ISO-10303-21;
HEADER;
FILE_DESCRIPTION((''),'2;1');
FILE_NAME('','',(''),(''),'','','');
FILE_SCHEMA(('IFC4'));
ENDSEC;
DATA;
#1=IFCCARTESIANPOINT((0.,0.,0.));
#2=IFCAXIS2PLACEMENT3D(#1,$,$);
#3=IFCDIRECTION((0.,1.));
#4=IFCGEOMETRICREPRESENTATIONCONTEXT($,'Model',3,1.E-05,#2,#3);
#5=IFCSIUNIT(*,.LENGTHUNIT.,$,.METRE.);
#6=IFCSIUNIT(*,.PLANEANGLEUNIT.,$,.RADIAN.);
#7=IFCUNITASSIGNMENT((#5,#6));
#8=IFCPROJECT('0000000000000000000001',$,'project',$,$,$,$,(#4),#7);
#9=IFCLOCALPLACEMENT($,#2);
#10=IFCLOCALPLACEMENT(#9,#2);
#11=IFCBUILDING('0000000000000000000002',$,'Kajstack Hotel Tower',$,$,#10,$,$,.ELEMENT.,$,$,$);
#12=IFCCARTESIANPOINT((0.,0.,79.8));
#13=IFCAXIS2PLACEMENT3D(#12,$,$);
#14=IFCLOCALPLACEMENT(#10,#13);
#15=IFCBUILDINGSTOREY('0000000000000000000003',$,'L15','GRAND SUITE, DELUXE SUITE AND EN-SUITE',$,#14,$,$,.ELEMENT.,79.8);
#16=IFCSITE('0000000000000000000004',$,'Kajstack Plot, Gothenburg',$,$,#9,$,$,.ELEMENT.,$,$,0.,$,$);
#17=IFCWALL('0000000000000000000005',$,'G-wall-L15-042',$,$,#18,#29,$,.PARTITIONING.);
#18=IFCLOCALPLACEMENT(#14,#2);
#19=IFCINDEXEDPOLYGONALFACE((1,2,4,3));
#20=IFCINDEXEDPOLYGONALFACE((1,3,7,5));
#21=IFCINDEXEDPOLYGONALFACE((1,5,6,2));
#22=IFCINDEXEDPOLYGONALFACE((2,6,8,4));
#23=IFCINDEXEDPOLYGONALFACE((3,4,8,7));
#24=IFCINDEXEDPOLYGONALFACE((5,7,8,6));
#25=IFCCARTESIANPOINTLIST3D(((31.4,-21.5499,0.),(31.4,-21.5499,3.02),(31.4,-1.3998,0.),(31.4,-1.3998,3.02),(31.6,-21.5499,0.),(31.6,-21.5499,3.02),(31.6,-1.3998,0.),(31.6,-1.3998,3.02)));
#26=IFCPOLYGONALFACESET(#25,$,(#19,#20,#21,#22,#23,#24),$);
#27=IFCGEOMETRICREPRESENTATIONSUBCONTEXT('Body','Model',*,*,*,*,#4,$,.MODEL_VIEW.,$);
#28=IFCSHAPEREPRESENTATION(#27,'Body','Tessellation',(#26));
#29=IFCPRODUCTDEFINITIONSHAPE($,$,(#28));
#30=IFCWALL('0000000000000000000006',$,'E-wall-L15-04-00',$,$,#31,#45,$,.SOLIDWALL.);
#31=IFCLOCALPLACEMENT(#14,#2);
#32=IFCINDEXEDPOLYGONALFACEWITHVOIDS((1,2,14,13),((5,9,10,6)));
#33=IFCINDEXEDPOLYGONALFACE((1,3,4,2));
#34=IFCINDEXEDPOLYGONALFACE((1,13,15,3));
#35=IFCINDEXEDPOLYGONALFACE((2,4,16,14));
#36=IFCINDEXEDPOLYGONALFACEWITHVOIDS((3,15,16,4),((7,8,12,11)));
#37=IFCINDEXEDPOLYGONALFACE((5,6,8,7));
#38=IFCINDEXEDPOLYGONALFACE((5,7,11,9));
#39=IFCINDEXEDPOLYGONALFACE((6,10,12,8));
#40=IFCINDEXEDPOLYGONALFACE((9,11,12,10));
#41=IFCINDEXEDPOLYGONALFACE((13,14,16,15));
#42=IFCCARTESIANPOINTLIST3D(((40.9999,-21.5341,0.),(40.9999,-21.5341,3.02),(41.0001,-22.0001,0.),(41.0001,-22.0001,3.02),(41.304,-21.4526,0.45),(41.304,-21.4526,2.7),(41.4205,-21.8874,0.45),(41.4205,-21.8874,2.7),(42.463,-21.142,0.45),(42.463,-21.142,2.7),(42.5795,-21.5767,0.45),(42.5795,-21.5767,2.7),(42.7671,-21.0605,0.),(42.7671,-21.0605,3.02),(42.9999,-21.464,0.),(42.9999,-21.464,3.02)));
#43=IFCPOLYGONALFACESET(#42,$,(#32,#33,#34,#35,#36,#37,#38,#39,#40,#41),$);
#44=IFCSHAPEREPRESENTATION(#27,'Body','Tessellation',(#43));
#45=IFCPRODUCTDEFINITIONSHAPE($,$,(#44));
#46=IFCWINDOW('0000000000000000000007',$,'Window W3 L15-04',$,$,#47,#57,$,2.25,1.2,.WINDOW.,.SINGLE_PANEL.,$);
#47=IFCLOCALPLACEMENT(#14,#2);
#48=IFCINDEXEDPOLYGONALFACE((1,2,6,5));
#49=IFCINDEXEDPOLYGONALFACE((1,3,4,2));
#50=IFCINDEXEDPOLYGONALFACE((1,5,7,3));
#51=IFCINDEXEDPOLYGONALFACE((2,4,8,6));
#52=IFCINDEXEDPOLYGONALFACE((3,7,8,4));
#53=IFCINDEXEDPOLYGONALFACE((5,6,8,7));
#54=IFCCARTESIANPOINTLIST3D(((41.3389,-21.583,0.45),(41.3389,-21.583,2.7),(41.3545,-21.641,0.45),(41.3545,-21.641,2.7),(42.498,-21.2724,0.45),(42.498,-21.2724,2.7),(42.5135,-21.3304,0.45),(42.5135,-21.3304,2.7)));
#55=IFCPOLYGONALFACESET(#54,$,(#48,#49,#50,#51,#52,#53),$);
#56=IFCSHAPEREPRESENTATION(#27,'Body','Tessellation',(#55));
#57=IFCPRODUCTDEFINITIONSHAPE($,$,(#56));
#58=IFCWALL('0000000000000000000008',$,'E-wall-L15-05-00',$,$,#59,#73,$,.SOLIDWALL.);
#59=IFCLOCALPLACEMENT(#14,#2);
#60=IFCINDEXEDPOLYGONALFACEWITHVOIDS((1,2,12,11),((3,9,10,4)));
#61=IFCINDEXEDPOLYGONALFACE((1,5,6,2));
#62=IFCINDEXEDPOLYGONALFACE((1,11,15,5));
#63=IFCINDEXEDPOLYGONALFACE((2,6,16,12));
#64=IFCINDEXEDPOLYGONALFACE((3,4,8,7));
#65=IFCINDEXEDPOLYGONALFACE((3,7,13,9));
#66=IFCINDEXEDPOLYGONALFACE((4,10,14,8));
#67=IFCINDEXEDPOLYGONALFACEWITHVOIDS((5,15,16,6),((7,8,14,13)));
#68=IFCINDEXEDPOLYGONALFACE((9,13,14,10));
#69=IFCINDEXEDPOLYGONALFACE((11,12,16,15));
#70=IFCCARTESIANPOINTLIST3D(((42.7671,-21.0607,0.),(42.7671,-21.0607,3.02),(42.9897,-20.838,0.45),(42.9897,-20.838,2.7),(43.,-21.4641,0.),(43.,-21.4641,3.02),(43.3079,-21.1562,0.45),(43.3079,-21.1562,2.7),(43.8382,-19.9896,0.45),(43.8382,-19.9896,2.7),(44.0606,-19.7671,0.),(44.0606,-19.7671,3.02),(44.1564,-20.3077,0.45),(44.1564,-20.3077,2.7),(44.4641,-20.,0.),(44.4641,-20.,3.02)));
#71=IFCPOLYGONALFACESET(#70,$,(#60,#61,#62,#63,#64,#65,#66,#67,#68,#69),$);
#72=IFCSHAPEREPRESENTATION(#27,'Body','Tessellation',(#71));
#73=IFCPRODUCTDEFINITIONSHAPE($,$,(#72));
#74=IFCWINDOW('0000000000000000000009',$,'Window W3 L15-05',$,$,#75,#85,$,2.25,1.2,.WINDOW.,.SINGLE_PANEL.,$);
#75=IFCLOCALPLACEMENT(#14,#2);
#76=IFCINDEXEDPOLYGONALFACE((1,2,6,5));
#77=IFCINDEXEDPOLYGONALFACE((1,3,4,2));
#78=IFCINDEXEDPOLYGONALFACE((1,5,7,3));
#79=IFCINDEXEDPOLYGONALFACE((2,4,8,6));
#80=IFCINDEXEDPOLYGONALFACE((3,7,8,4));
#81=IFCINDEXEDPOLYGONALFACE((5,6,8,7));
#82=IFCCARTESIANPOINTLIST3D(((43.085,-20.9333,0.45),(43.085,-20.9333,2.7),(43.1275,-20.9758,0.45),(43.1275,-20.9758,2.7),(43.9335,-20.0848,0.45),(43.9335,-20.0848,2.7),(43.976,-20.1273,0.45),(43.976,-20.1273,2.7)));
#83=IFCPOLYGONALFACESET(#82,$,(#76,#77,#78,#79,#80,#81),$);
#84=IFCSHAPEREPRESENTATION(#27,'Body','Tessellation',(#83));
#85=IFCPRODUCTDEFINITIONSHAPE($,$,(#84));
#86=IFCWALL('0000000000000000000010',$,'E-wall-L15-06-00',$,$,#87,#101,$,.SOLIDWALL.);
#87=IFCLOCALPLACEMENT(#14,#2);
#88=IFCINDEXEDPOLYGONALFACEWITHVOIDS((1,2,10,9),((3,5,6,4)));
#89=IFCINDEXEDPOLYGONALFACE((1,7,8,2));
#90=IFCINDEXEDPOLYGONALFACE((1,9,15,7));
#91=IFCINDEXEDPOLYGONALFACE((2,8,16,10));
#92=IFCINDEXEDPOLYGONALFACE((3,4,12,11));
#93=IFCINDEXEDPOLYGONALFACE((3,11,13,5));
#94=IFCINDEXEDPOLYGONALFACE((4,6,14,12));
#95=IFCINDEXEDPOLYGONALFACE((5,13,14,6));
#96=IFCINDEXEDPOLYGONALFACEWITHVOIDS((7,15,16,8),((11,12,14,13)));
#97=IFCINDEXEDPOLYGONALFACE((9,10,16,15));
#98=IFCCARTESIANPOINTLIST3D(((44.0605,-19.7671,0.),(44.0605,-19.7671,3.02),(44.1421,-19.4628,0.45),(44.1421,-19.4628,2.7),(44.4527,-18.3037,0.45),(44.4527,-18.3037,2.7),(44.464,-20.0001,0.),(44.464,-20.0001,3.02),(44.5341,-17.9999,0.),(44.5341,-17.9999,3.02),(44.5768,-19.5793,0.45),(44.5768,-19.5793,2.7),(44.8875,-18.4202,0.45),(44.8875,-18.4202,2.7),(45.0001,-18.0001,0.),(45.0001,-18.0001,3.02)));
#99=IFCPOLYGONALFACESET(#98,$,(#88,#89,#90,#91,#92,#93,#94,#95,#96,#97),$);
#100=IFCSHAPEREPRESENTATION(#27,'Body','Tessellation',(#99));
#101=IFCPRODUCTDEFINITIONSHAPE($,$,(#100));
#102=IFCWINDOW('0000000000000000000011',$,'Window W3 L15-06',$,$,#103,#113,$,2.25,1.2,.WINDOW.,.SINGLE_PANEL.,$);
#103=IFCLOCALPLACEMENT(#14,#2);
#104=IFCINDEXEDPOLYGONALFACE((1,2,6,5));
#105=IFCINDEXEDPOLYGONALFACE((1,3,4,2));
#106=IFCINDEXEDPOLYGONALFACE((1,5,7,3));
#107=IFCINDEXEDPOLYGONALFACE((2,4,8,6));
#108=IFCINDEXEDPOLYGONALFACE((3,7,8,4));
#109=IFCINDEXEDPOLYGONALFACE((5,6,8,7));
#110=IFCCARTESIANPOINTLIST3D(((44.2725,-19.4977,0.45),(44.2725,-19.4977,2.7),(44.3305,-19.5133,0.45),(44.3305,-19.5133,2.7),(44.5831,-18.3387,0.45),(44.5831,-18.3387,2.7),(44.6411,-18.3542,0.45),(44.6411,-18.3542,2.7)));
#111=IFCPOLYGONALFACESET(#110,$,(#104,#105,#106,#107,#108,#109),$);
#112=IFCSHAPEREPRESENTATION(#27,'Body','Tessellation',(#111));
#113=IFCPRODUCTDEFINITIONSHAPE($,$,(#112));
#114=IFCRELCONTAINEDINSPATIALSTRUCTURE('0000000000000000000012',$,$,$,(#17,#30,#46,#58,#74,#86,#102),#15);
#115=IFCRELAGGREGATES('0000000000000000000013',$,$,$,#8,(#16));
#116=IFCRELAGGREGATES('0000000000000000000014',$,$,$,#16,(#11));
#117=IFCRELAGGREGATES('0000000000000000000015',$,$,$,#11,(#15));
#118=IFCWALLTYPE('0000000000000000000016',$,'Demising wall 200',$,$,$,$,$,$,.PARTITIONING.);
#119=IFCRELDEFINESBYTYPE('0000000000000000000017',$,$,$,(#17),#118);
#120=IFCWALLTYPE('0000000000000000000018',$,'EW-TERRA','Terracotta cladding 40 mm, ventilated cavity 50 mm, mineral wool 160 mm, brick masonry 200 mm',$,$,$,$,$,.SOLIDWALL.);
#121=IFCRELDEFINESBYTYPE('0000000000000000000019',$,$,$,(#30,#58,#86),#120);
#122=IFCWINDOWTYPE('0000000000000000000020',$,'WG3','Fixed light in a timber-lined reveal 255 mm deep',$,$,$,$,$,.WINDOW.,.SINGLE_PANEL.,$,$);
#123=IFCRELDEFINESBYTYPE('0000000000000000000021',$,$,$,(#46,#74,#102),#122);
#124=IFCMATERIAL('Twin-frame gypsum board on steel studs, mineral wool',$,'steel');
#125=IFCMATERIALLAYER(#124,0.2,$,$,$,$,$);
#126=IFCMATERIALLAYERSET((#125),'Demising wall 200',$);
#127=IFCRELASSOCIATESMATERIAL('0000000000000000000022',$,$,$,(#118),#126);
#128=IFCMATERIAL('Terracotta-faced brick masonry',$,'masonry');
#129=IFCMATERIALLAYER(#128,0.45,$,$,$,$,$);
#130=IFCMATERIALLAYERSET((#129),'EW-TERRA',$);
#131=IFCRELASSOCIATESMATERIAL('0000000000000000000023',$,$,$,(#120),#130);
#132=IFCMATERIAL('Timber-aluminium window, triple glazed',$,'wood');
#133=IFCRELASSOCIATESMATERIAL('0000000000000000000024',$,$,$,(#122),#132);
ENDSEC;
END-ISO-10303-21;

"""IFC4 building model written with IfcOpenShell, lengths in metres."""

from ifc_helpers import new_model, si_unit, direction, frame, frame_2d, origin, place, context, subcontext, project, spatial, polyline, rectangle, outline, extrude, material, layer, layer_set, type_object, element, fill, save


model = new_model("IFC4")

# Units and contexts
model_context = context("Model", 3, precision=1e-05, world=origin(), true_north=direction((0.0, 1.0)))
body_context = subcontext(model_context, "Body", "Model", "MODEL_VIEW")
ifc_project = project(units=[si_unit("LENGTHUNIT", "METRE"), si_unit("PLANEANGLEUNIT", "RADIAN")], contexts=[model_context])

# Site, building, storey
site_placement = place(None, origin())
site = spatial("IfcSite", under=ifc_project, at=site_placement, Name="Kajstack Plot, Gothenburg", CompositionType="ELEMENT", RefElevation=0.0)
building_placement = place(site_placement, origin())
building = spatial("IfcBuilding", under=site, at=building_placement, Name="Kajstack Hotel Tower", CompositionType="ELEMENT")
storey_placement = place(building_placement, frame((0.0, 0.0, 79.8)))
storey = spatial("IfcBuildingStorey", under=building, at=storey_placement, Name="L15", Description="GRAND SUITE, DELUXE SUITE AND EN-SUITE", CompositionType="ELEMENT", Elevation=79.8)

# Wall
ifc_material_1 = material(Name="Twin-frame gypsum board on steel studs, mineral wool", Category="steel")
ifc_layer_1 = layer(ifc_material_1, 0.2)
ifc_layer_set_1 = layer_set([ifc_layer_1], Name="Demising wall 200")
wall_type_1 = type_object("IfcWallType", Name="Demising wall 200", PredefinedType="PARTITIONING", material=ifc_layer_set_1)
wall_1_placement = place(storey_placement, frame((31.5, -21.55, 0.0), z_axis=(0.0, 0.0, 1.0), x_axis=(0.0, 1.0, 0.0)))
element("IfcWall", 1, at=wall_1_placement, inside=storey, type_object=wall_type_1, Name="G-wall-L15-042", PredefinedType="PARTITIONING", context=body_context, shape_type="SweptSolid", body=[
    extrude(rectangle(XDim=20.1501, YDim=0.2, at=frame_2d((10.0752, 0.0))), origin(), (0.0, 0.0, 1.0), 3.02),
])

# Walls, openings, windows
ifc_material_2 = material(Name="Terracotta-faced brick masonry", Category="masonry")
ifc_layer_2 = layer(ifc_material_2, 0.45)
ifc_layer_set_2 = layer_set([ifc_layer_2], Name="EW-TERRA")
wall_type_2 = type_object("IfcWallType", Name="EW-TERRA", Description="Terracotta cladding 40 mm, ventilated cavity 50 mm, mineral wool 160 mm, brick masonry 200 mm", PredefinedType="SOLIDWALL", material=ifc_layer_set_2)
wall_2_placement = place(storey_placement, frame((40.9417, -21.7827, 0.0), z_axis=(0.0, 0.0, 1.0), x_axis=(0.965927, 0.258815, 0.0)))
wall_2 = element("IfcWall", 2, at=wall_2_placement, inside=storey, type_object=wall_type_2, Name="E-wall-L15-04-00", PredefinedType="SOLIDWALL", context=body_context, shape_type="SweptSolid", body=[
    extrude(outline(polyline([(0.0002, -0.2251), (2.0706, -0.2249), (1.9502, 0.2251), (0.1206, 0.2251), (0.0002, -0.2251)])), origin(), (0.0, 0.0, 1.0), 3.02),
])
opening_1_placement = place(wall_2_placement, frame((0.4353, 0.0, 0.45)))
opening_1 = element("IfcOpeningElement", 3, at=opening_1_placement, cuts=wall_2, PredefinedType="OPENING", context=body_context, shape_type="SweptSolid", body=[
    extrude(rectangle(XDim=1.2, YDim=2.25, at=frame_2d((0.6001, 1.125))), frame((0.0, 0.2349, 0.0), z_axis=(0.0, -1.0, 0.0), x_axis=(1.0, 0.0, 0.0)), (0.0, 0.0, 1.0), 0.47),
])
ifc_material_3 = material(Name="Timber-aluminium window, triple glazed", Category="wood")
window_type_1 = type_object("IfcWindowType", Name="WG3", Description="Fixed light in a timber-lined reveal 255 mm deep", PartitioningType="SINGLE_PANEL", PredefinedType="WINDOW", material=ifc_material_3)
window_1_placement = place(opening_1_placement, origin())
window_1 = element("IfcWindow", 4, at=window_1_placement, inside=storey, type_object=window_type_1, Name="Window W3 L15-04", OverallHeight=2.25, OverallWidth=1.2, PartitioningType="SINGLE_PANEL", PredefinedType="WINDOW", context=body_context, shape_type="SweptSolid", body=[
    extrude(rectangle(XDim=1.2, YDim=2.25, at=frame_2d((0.6001, 1.125))), frame((0.0, 0.0901, 0.0), z_axis=(0.0, -1.0, 0.0), x_axis=(1.0, 0.0, 0.0)), (0.0, 0.0, 1.0), 0.0601),
])
fill(opening_1, window_1)
wall_3_placement = place(storey_placement, frame((42.8408, -21.3049, 0.0), z_axis=(0.0, 0.0, 1.0), x_axis=(0.707107, 0.707107, 0.0)))
wall_3 = element("IfcWall", 5, at=wall_3_placement, inside=storey, type_object=wall_type_2, Name="E-wall-L15-05-00", PredefinedType="SOLIDWALL", context=body_context, shape_type="SweptSolid", body=[
    extrude(outline(polyline([(0.0, -0.2251), (2.0706, -0.2251), (1.95, 0.2249), (0.1206, 0.2249), (0.0, -0.2251)])), origin(), (0.0, 0.0, 1.0), 3.02),
])
opening_2_placement = place(wall_3_placement, frame((0.4353, 0.0, 0.45)))
opening_2 = element("IfcOpeningElement", 6, at=opening_2_placement, cuts=wall_3, PredefinedType="OPENING", context=body_context, shape_type="SweptSolid", body=[
    extrude(rectangle(XDim=1.2, YDim=2.25, at=frame_2d((0.6001, 1.125))), frame((0.0, 0.2349, 0.0), z_axis=(0.0, -1.0, 0.0), x_axis=(1.0, 0.0, 0.0)), (0.0, 0.0, 1.0), 0.47),
])
window_2_placement = place(opening_2_placement, origin())
window_2 = element("IfcWindow", 7, at=window_2_placement, inside=storey, type_object=window_type_1, Name="Window W3 L15-05", OverallHeight=2.25, OverallWidth=1.2, PartitioningType="SINGLE_PANEL", PredefinedType="WINDOW", context=body_context, shape_type="SweptSolid", body=[
    extrude(rectangle(XDim=1.2, YDim=2.25, at=frame_2d((0.6001, 1.125))), frame((0.0, 0.0901, 0.0), z_axis=(0.0, -1.0, 0.0), x_axis=(1.0, 0.0, 0.0)), (0.0, 0.0, 1.0), 0.0601),
])
fill(opening_2, window_2)
wall_4_placement = place(storey_placement, frame((44.2468, -19.9417, 0.0), z_axis=(0.0, 0.0, 1.0), x_axis=(0.258815, 0.965927, 0.0)))
wall_4 = element("IfcWall", 8, at=wall_4_placement, inside=storey, type_object=wall_type_2, Name="E-wall-L15-06-00", PredefinedType="SOLIDWALL", context=body_context, shape_type="SweptSolid", body=[
    extrude(outline(polyline([(-0.0002, -0.2249), (2.0703, -0.2251), (1.95, 0.2251), (0.1204, 0.2251), (-0.0002, -0.2249)])), origin(), (0.0, 0.0, 1.0), 3.02),
])
opening_3_placement = place(wall_4_placement, frame((0.4353, 0.0, 0.45)))
opening_3 = element("IfcOpeningElement", 9, at=opening_3_placement, cuts=wall_4, PredefinedType="OPENING", context=body_context, shape_type="SweptSolid", body=[
    extrude(rectangle(XDim=1.2, YDim=2.25, at=frame_2d((0.6001, 1.125))), frame((0.0, 0.2349, 0.0), z_axis=(0.0, -1.0, 0.0), x_axis=(1.0, 0.0, 0.0)), (0.0, 0.0, 1.0), 0.47),
])
window_3_placement = place(opening_3_placement, origin())
window_3 = element("IfcWindow", 10, at=window_3_placement, inside=storey, type_object=window_type_1, Name="Window W3 L15-06", OverallHeight=2.25, OverallWidth=1.2, PartitioningType="SINGLE_PANEL", PredefinedType="WINDOW", context=body_context, shape_type="SweptSolid", body=[
    extrude(rectangle(XDim=1.2, YDim=2.25, at=frame_2d((0.6001, 1.125))), frame((0.0, 0.0901, 0.0), z_axis=(0.0, -1.0, 0.0), x_axis=(1.0, 0.0, 0.0)), (0.0, 0.0, 1.0), 0.0601),
])
fill(opening_3, window_3)

save(model, "model.ifc")
